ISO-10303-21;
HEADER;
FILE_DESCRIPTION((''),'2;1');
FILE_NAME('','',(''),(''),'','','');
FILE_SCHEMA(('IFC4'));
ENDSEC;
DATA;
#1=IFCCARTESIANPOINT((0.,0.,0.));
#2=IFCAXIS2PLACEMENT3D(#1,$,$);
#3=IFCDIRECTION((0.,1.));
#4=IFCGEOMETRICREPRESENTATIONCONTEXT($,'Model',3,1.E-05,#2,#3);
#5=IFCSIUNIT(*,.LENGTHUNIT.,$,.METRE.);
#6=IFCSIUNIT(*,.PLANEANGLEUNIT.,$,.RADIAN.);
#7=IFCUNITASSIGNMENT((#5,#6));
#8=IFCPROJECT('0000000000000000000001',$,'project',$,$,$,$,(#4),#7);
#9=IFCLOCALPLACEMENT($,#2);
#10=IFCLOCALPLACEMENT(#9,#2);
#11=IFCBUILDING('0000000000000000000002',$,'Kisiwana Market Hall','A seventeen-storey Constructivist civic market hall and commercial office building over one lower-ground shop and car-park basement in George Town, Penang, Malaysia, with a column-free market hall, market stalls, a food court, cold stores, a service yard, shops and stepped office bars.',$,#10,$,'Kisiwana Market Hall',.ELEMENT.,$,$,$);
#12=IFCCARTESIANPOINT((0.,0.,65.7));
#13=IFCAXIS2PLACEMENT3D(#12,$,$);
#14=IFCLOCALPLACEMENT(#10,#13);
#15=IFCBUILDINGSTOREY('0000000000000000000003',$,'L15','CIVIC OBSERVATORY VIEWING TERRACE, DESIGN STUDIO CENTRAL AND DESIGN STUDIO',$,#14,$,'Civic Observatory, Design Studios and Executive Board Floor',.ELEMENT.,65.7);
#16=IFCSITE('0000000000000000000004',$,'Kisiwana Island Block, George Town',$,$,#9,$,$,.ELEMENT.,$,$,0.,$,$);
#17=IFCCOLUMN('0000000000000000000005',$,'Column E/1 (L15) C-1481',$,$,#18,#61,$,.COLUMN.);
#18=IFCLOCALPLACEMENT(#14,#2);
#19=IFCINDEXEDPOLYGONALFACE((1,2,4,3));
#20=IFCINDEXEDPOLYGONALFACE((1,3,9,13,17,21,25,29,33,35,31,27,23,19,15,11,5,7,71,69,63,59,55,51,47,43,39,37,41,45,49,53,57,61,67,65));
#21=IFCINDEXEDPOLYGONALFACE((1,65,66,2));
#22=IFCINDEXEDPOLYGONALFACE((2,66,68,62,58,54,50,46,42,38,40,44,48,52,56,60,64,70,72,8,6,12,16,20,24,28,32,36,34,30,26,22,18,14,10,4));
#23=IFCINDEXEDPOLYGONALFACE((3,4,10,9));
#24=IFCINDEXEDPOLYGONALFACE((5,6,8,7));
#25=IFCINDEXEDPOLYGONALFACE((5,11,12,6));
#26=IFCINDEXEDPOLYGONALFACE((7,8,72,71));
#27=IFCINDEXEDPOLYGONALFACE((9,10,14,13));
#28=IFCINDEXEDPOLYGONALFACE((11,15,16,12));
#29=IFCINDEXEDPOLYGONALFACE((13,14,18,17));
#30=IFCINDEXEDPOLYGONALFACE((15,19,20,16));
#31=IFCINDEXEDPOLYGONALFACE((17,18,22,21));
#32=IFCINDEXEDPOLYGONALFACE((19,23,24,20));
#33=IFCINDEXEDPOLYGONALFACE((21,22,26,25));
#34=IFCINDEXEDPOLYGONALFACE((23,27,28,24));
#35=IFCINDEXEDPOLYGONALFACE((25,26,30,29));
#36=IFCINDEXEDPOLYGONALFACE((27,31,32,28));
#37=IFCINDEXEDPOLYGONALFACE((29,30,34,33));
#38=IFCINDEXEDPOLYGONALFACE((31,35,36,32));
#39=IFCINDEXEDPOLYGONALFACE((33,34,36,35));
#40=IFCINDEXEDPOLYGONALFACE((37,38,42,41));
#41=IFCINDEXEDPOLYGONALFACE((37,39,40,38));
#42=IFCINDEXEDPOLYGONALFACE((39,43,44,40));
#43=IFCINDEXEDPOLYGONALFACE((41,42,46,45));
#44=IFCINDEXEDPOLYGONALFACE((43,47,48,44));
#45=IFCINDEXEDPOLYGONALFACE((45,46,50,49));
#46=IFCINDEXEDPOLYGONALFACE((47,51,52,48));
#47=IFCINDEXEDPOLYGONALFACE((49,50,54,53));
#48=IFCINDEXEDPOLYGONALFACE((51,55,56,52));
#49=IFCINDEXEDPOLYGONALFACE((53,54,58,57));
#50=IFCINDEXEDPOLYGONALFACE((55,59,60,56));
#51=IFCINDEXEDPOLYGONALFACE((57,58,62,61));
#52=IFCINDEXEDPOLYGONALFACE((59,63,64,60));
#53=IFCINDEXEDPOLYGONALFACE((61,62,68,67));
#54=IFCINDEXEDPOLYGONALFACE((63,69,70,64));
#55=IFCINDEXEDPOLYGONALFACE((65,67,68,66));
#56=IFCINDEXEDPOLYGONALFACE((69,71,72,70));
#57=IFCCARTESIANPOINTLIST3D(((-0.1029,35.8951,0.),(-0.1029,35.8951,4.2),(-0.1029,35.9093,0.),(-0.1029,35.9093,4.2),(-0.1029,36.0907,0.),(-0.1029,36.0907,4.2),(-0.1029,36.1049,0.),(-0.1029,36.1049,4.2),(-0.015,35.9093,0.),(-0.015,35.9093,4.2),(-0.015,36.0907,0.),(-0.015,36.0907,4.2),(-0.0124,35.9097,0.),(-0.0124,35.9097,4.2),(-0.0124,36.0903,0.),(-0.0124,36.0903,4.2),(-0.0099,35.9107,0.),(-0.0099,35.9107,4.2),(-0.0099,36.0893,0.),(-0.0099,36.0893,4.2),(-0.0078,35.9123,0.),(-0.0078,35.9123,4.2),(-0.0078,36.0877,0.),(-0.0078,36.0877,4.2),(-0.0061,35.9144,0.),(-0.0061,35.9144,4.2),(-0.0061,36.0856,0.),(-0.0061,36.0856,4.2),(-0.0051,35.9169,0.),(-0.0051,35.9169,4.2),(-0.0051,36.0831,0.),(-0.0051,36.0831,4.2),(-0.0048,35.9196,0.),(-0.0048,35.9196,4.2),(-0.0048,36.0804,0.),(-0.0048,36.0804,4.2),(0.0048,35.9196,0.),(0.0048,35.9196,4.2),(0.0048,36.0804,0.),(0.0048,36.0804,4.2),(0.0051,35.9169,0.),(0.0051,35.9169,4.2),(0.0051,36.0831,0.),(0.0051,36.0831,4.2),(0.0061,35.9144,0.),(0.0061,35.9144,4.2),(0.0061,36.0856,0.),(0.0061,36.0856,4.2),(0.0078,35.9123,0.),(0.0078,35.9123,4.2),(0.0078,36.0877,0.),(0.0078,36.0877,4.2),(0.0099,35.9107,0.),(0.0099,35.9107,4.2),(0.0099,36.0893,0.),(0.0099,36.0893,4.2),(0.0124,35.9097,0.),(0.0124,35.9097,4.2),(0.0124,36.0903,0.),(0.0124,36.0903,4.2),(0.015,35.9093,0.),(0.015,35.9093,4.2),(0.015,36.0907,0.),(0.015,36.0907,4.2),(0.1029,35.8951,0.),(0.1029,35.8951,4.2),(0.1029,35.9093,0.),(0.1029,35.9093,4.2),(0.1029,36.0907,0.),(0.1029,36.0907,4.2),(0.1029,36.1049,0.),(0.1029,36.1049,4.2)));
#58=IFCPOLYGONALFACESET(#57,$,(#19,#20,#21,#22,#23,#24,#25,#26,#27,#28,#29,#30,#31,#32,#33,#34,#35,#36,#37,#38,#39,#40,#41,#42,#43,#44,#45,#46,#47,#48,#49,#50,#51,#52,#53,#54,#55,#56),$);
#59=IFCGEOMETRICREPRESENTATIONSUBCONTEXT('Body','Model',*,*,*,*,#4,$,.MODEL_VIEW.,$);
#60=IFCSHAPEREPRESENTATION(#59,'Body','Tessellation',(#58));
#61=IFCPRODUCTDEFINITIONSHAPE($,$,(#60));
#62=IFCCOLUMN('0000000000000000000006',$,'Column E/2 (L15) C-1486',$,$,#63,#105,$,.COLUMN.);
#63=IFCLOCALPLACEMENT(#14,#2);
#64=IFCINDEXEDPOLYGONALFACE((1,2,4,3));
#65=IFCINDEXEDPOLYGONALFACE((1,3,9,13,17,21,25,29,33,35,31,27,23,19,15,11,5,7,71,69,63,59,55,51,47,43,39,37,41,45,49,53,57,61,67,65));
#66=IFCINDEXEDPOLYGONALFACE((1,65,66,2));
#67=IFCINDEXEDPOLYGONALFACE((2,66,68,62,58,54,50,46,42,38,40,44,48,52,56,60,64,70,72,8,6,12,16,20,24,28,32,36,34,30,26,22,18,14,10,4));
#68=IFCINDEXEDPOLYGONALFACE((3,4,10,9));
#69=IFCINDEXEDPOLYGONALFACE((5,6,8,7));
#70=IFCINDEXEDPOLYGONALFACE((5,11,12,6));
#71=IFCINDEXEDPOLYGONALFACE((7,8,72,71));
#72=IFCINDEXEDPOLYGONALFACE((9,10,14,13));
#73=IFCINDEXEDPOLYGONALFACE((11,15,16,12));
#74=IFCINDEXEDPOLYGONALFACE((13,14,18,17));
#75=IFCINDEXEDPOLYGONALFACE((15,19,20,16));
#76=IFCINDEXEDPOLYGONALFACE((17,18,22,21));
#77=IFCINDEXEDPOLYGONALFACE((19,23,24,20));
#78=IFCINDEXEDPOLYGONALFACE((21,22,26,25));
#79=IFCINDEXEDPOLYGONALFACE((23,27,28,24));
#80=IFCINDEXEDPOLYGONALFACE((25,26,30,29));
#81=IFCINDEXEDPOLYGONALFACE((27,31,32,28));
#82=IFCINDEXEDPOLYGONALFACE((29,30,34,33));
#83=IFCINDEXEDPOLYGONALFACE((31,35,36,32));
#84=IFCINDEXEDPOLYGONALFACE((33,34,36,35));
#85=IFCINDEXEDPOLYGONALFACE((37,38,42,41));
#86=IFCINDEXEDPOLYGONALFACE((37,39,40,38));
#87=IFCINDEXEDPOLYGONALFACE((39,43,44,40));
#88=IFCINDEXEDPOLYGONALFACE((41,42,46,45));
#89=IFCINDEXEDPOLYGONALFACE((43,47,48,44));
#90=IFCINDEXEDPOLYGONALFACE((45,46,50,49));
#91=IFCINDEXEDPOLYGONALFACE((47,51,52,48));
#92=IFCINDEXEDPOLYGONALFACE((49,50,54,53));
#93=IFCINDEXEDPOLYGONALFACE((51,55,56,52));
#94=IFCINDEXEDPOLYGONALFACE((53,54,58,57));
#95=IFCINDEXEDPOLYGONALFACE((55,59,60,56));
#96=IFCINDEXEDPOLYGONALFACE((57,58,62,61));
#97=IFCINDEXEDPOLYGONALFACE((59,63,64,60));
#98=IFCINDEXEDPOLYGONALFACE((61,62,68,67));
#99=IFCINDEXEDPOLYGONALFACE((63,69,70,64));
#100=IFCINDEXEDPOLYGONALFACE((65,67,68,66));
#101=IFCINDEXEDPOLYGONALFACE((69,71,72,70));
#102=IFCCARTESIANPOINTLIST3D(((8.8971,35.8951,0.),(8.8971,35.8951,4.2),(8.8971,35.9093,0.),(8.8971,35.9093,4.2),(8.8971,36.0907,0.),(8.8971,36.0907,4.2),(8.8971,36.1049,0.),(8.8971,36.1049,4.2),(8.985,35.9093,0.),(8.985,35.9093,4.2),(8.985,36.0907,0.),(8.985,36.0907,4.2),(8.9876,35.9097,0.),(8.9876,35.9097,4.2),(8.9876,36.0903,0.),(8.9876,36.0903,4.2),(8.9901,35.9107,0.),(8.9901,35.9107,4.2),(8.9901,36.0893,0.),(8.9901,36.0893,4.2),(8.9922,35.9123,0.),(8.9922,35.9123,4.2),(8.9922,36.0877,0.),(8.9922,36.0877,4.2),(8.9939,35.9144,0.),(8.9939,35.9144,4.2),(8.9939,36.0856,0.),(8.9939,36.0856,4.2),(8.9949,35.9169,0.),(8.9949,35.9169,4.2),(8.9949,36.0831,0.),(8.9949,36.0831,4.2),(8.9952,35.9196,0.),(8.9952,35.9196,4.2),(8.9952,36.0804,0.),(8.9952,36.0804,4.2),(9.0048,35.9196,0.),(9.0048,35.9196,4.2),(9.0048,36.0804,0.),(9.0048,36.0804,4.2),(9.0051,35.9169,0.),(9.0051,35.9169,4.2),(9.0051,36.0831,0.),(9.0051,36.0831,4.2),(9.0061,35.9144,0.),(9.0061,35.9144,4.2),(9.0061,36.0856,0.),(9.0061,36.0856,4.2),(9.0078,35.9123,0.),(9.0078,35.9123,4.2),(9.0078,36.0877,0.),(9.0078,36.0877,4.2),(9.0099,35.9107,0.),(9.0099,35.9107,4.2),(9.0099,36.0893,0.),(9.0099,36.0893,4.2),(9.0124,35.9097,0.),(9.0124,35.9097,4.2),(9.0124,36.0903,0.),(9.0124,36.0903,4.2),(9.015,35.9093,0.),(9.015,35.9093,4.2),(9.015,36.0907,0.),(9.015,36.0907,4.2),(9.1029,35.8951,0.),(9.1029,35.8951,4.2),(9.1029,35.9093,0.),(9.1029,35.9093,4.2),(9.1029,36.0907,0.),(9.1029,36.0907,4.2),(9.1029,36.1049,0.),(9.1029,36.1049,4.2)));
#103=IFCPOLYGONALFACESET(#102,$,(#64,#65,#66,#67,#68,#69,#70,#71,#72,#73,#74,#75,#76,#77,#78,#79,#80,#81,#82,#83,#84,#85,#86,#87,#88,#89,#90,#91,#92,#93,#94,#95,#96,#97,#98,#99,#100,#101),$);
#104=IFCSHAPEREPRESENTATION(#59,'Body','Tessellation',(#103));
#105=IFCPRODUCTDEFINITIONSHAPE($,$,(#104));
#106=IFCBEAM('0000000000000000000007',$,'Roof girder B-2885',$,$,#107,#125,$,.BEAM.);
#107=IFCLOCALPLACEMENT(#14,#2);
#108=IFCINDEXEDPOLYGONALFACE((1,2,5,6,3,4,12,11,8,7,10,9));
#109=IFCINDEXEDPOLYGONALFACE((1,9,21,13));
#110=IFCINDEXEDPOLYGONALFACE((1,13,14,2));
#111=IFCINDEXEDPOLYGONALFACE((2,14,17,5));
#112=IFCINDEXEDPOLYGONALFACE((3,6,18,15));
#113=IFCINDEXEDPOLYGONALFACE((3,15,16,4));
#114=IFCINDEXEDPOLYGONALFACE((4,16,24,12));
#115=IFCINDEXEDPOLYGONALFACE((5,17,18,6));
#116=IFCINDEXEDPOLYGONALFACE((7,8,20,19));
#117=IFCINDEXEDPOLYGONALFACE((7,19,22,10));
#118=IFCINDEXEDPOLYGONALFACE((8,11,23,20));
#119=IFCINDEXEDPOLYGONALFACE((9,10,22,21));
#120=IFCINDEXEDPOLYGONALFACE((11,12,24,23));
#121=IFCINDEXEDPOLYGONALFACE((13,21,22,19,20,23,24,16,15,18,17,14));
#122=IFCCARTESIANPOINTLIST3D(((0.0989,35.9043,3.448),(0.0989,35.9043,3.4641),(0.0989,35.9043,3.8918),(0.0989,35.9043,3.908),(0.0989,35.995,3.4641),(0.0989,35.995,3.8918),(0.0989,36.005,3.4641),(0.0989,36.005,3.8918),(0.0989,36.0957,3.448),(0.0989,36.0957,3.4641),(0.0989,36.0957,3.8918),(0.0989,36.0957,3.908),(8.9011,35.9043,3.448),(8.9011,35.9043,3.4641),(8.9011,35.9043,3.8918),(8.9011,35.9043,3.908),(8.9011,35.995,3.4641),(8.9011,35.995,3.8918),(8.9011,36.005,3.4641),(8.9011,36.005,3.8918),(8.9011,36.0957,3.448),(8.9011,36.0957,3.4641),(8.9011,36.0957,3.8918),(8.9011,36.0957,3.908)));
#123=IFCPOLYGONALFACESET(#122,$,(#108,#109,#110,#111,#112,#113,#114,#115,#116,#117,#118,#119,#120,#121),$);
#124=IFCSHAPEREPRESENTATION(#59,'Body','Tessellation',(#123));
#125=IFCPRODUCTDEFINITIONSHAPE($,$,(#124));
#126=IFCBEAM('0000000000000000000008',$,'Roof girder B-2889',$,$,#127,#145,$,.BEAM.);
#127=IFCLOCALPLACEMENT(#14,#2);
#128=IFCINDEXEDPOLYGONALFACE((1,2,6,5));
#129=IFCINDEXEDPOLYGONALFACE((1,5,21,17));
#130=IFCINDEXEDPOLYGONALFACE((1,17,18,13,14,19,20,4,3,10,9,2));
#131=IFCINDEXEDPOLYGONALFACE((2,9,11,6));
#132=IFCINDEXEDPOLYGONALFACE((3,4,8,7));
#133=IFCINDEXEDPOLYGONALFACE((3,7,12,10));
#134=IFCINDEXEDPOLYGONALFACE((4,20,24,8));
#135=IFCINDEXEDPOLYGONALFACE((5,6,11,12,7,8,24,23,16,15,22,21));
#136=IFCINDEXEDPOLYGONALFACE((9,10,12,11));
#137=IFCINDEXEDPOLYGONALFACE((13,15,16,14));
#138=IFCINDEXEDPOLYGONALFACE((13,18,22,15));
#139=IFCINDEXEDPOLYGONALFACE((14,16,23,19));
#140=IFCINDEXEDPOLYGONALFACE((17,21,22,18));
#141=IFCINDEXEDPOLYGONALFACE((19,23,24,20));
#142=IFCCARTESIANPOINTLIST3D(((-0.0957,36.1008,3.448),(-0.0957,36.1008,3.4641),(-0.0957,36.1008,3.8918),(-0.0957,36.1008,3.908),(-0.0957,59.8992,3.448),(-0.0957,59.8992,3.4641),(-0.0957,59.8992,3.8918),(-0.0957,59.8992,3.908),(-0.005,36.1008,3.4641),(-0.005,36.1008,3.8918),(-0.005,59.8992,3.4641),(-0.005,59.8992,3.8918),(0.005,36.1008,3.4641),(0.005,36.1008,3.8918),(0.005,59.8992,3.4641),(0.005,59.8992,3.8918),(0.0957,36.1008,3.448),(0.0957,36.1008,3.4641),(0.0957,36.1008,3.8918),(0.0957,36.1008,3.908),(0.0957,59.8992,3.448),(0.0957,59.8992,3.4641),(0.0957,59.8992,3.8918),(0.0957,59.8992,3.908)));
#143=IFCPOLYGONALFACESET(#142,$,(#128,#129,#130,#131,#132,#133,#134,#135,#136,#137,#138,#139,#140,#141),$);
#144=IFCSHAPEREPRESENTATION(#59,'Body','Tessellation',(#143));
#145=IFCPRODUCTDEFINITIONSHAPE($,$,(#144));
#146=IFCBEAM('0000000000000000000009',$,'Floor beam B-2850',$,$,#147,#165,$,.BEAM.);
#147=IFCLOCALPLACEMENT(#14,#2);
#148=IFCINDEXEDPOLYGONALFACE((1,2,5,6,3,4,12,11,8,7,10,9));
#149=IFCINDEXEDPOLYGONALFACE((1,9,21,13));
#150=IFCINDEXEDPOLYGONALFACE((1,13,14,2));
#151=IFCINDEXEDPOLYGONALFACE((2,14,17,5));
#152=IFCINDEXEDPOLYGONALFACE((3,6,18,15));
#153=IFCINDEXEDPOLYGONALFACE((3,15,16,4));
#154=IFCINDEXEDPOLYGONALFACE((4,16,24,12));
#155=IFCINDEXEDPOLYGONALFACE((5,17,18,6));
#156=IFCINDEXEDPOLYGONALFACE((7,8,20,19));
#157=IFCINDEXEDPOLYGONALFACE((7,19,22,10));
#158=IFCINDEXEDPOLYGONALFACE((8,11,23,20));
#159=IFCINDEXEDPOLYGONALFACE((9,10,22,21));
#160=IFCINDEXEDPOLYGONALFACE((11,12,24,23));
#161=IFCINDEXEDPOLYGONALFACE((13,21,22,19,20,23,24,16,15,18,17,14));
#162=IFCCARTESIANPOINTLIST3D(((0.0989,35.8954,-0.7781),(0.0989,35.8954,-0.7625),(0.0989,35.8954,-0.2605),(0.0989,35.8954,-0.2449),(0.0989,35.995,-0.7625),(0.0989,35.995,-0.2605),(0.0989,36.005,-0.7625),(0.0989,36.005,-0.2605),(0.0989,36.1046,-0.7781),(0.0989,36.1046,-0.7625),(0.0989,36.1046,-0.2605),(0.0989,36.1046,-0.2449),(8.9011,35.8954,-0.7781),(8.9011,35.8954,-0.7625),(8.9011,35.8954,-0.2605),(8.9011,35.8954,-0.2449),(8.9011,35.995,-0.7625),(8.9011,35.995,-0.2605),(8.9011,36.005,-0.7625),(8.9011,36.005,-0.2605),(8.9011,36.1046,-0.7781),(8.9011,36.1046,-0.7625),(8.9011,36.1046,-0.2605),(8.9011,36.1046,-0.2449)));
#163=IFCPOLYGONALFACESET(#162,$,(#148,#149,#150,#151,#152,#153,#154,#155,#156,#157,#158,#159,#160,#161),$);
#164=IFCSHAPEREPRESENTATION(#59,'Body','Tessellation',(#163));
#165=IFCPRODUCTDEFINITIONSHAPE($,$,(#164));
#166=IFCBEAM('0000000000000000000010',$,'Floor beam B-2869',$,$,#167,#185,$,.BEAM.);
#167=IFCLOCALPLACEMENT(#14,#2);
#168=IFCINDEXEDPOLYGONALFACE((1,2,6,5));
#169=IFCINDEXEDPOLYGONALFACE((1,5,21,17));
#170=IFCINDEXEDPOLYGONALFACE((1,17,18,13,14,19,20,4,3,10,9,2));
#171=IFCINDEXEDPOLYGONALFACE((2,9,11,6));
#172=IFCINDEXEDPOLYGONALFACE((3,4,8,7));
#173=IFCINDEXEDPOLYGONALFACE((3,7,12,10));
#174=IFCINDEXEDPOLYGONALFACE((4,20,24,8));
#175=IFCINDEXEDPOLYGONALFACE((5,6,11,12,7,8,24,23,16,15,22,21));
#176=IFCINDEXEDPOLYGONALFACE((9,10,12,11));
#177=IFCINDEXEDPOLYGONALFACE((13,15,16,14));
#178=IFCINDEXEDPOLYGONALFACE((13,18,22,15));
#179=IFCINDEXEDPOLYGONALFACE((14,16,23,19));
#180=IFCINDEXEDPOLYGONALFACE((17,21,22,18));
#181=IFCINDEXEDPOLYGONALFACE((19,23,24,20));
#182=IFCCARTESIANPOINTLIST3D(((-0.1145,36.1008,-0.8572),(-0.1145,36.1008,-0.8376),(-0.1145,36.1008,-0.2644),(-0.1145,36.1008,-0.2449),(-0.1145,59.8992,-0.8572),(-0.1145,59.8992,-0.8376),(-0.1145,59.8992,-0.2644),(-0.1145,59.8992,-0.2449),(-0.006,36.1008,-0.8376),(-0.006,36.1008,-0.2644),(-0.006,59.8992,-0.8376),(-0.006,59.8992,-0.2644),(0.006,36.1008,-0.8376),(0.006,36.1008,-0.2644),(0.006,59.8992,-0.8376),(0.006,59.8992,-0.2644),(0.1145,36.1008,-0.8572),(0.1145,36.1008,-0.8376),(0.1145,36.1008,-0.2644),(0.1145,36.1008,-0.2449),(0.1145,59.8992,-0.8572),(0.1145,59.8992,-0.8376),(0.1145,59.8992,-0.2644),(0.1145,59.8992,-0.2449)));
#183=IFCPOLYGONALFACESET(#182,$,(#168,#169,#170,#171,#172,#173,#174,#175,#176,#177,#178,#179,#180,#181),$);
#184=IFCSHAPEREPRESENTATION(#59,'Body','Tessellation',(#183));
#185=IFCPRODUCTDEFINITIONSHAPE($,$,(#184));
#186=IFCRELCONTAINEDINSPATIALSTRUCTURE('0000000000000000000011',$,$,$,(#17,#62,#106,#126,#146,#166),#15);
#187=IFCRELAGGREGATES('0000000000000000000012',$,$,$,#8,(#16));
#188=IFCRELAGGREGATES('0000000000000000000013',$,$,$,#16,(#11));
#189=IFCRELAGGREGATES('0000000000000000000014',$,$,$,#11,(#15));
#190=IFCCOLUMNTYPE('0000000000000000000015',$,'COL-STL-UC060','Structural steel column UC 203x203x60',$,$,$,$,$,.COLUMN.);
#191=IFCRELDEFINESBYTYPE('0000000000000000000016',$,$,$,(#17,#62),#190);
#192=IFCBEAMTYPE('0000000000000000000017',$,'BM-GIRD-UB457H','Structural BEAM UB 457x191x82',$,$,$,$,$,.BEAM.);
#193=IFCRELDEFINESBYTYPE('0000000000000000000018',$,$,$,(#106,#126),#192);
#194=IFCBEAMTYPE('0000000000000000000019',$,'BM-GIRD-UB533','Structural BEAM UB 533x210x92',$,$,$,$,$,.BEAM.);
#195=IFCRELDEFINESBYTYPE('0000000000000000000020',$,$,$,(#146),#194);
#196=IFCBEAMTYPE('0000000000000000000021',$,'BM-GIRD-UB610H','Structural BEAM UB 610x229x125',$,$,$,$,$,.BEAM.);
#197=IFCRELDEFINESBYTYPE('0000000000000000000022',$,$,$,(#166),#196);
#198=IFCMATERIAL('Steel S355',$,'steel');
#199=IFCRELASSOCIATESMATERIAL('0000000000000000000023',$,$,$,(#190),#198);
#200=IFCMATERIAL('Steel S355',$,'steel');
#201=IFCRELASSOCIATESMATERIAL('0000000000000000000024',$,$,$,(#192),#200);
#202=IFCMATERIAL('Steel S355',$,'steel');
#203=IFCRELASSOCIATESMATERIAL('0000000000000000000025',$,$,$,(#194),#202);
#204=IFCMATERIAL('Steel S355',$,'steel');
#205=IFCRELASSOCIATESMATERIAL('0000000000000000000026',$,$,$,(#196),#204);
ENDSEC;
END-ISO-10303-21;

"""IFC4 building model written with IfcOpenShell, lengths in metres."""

from ifc_helpers import new_model, si_unit, direction, frame, origin, origin_2d, place, context, subcontext, project, spatial, i_section, extrude, material, material_profile, profile_set, type_object, element, save


model = new_model("IFC4")

# Units and contexts
model_context = context("Model", 3, precision=1e-05, world=origin(), true_north=direction((0.0, 1.0)))
body_context = subcontext(model_context, "Body", "Model", "MODEL_VIEW")
ifc_project = project(units=[si_unit("LENGTHUNIT", "METRE"), si_unit("PLANEANGLEUNIT", "RADIAN")], contexts=[model_context])

# Site, building, storey
site_placement = place(None, origin())
site = spatial("IfcSite", under=ifc_project, at=site_placement, Name="Kisiwana Island Block, George Town", CompositionType="ELEMENT", RefElevation=0.0)
building_placement = place(site_placement, origin())
building = spatial("IfcBuilding", under=site, at=building_placement, Name="Kisiwana Market Hall", Description="A seventeen-storey Constructivist civic market hall and commercial office building over one lower-ground shop and car-park basement in George Town, Penang, Malaysia, with a column-free market hall, market stalls, a food court, cold stores, a service yard, shops and stepped office bars.", LongName="Kisiwana Market Hall", CompositionType="ELEMENT")
storey_placement = place(building_placement, frame((0.0, 0.0, 65.7)))
storey = spatial("IfcBuildingStorey", under=building, at=storey_placement, Name="L15", Description="CIVIC OBSERVATORY VIEWING TERRACE, DESIGN STUDIO CENTRAL AND DESIGN STUDIO", LongName="Civic Observatory, Design Studios and Executive Board Floor", CompositionType="ELEMENT", Elevation=65.7)

# Columns
ifc_material_1 = material(Name="Steel S355", Category="steel")
ifc_material_profile_1 = material_profile(ifc_material_1, i_section(OverallWidth=0.2058, OverallDepth=0.2097, WebThickness=0.0095, FlangeThickness=0.0142, FilletRadius=0.0103, at=origin_2d()), Name="UC 203x203x60")
ifc_profile_set_1 = profile_set([ifc_material_profile_1], Name="Steel S355")
column_type = type_object("IfcColumnType", Name="COL-STL-UC060", Description="Structural steel column UC 203x203x60", PredefinedType="COLUMN", material=ifc_profile_set_1)
for number, where, z_axis, x_axis, name in (
    (1, (0.0, 36.0, 0.0), (0.0, 0.0, 1.0), (1.0, 0.0, 0.0), "Column E/1 (L15) C-1481"),
    (2, (9.0, 36.0, 0.0), (0.0, 0.0, 1.0), (1.0, 0.0, 0.0), "Column E/2 (L15) C-1486"),
):
    element("IfcColumn", number, at=place(storey_placement, frame(where, z_axis=z_axis, x_axis=x_axis)), inside=storey, type_object=column_type, Name=name, PredefinedType="COLUMN", context=body_context, shape_type="SweptSolid", body=[
        extrude(i_section(OverallWidth=0.2058, OverallDepth=0.2097, WebThickness=0.0095, FlangeThickness=0.0142, FilletRadius=0.0103, at=origin_2d()), origin(), (0.0, 0.0, 1.0), 4.2),
    ])

# Beams
ifc_material_2 = material(Name="Steel S355", Category="steel")
ifc_material_profile_2 = material_profile(ifc_material_2, i_section(OverallWidth=0.1914, OverallDepth=0.46, WebThickness=0.01, FlangeThickness=0.0161, at=origin_2d()), Name="UB 457x191x82")
ifc_profile_set_2 = profile_set([ifc_material_profile_2], Name="Steel S355")
beam_type_1 = type_object("IfcBeamType", Name="BM-GIRD-UB457H", Description="Structural BEAM UB 457x191x82", PredefinedType="BEAM", material=ifc_profile_set_2)
beam_1_placement = place(storey_placement, frame((0.0989, 36.0, 3.678), z_axis=(1.0, 0.0, 0.0), x_axis=(0.0, 1.0, 0.0)))
element("IfcBeam", 3, at=beam_1_placement, inside=storey, type_object=beam_type_1, Name="Roof girder B-2885", PredefinedType="BEAM", context=body_context, shape_type="SweptSolid", body=[
    extrude(i_section(OverallWidth=0.1914, OverallDepth=0.46, WebThickness=0.01, FlangeThickness=0.0161, at=origin_2d()), origin(), (0.0, 0.0, 1.0), 8.8022),
])
beam_2_placement = place(storey_placement, frame((0.0, 36.1008, 3.678), z_axis=(0.0, 1.0, 0.0), x_axis=(-1.0, 0.0, 0.0)))
element("IfcBeam", 4, at=beam_2_placement, inside=storey, type_object=beam_type_1, Name="Roof girder B-2889", PredefinedType="BEAM", context=body_context, shape_type="SweptSolid", body=[
    extrude(i_section(OverallWidth=0.1914, OverallDepth=0.46, WebThickness=0.01, FlangeThickness=0.0161, at=origin_2d()), origin(), (0.0, 0.0, 1.0), 23.7983),
])
ifc_material_3 = material(Name="Steel S355", Category="steel")
ifc_material_profile_3 = material_profile(ifc_material_3, i_section(OverallWidth=0.2092, OverallDepth=0.5332, WebThickness=0.01, FlangeThickness=0.0156, at=origin_2d()), Name="UB 533x210x92")
ifc_profile_set_3 = profile_set([ifc_material_profile_3], Name="Steel S355")
beam_type_2 = type_object("IfcBeamType", Name="BM-GIRD-UB533", Description="Structural BEAM UB 533x210x92", PredefinedType="BEAM", material=ifc_profile_set_3)
beam_3_placement = place(storey_placement, frame((0.0989, 36.0, -0.5115), z_axis=(1.0, 0.0, 0.0), x_axis=(0.0, 1.0, 0.0)))
element("IfcBeam", 5, at=beam_3_placement, inside=storey, type_object=beam_type_2, Name="Floor beam B-2850", PredefinedType="BEAM", context=body_context, shape_type="SweptSolid", body=[
    extrude(i_section(OverallWidth=0.2092, OverallDepth=0.5332, WebThickness=0.01, FlangeThickness=0.0156, at=origin_2d()), origin(), (0.0, 0.0, 1.0), 8.8022),
])
ifc_material_4 = material(Name="Steel S355", Category="steel")
ifc_material_profile_4 = material_profile(ifc_material_4, i_section(OverallWidth=0.229, OverallDepth=0.6123, WebThickness=0.012, FlangeThickness=0.0195, at=origin_2d()), Name="UB 610x229x125")
ifc_profile_set_4 = profile_set([ifc_material_profile_4], Name="Steel S355")
beam_type_3 = type_object("IfcBeamType", Name="BM-GIRD-UB610H", Description="Structural BEAM UB 610x229x125", PredefinedType="BEAM", material=ifc_profile_set_4)
for number, where, z_axis, x_axis, name in (
    (6, (0.0, 36.1008, -0.551), (0.0, 1.0, 0.0), (-1.0, 0.0, 0.0), "Floor beam B-2869"),
):
    element("IfcBeam", number, at=place(storey_placement, frame(where, z_axis=z_axis, x_axis=x_axis)), inside=storey, type_object=beam_type_3, Name=name, PredefinedType="BEAM", context=body_context, shape_type="SweptSolid", body=[
        extrude(i_section(OverallWidth=0.229, OverallDepth=0.6123, WebThickness=0.012, FlangeThickness=0.0195, at=origin_2d()), origin(), (0.0, 0.0, 1.0), 23.7983),
    ])

save(model, "model.ifc")
